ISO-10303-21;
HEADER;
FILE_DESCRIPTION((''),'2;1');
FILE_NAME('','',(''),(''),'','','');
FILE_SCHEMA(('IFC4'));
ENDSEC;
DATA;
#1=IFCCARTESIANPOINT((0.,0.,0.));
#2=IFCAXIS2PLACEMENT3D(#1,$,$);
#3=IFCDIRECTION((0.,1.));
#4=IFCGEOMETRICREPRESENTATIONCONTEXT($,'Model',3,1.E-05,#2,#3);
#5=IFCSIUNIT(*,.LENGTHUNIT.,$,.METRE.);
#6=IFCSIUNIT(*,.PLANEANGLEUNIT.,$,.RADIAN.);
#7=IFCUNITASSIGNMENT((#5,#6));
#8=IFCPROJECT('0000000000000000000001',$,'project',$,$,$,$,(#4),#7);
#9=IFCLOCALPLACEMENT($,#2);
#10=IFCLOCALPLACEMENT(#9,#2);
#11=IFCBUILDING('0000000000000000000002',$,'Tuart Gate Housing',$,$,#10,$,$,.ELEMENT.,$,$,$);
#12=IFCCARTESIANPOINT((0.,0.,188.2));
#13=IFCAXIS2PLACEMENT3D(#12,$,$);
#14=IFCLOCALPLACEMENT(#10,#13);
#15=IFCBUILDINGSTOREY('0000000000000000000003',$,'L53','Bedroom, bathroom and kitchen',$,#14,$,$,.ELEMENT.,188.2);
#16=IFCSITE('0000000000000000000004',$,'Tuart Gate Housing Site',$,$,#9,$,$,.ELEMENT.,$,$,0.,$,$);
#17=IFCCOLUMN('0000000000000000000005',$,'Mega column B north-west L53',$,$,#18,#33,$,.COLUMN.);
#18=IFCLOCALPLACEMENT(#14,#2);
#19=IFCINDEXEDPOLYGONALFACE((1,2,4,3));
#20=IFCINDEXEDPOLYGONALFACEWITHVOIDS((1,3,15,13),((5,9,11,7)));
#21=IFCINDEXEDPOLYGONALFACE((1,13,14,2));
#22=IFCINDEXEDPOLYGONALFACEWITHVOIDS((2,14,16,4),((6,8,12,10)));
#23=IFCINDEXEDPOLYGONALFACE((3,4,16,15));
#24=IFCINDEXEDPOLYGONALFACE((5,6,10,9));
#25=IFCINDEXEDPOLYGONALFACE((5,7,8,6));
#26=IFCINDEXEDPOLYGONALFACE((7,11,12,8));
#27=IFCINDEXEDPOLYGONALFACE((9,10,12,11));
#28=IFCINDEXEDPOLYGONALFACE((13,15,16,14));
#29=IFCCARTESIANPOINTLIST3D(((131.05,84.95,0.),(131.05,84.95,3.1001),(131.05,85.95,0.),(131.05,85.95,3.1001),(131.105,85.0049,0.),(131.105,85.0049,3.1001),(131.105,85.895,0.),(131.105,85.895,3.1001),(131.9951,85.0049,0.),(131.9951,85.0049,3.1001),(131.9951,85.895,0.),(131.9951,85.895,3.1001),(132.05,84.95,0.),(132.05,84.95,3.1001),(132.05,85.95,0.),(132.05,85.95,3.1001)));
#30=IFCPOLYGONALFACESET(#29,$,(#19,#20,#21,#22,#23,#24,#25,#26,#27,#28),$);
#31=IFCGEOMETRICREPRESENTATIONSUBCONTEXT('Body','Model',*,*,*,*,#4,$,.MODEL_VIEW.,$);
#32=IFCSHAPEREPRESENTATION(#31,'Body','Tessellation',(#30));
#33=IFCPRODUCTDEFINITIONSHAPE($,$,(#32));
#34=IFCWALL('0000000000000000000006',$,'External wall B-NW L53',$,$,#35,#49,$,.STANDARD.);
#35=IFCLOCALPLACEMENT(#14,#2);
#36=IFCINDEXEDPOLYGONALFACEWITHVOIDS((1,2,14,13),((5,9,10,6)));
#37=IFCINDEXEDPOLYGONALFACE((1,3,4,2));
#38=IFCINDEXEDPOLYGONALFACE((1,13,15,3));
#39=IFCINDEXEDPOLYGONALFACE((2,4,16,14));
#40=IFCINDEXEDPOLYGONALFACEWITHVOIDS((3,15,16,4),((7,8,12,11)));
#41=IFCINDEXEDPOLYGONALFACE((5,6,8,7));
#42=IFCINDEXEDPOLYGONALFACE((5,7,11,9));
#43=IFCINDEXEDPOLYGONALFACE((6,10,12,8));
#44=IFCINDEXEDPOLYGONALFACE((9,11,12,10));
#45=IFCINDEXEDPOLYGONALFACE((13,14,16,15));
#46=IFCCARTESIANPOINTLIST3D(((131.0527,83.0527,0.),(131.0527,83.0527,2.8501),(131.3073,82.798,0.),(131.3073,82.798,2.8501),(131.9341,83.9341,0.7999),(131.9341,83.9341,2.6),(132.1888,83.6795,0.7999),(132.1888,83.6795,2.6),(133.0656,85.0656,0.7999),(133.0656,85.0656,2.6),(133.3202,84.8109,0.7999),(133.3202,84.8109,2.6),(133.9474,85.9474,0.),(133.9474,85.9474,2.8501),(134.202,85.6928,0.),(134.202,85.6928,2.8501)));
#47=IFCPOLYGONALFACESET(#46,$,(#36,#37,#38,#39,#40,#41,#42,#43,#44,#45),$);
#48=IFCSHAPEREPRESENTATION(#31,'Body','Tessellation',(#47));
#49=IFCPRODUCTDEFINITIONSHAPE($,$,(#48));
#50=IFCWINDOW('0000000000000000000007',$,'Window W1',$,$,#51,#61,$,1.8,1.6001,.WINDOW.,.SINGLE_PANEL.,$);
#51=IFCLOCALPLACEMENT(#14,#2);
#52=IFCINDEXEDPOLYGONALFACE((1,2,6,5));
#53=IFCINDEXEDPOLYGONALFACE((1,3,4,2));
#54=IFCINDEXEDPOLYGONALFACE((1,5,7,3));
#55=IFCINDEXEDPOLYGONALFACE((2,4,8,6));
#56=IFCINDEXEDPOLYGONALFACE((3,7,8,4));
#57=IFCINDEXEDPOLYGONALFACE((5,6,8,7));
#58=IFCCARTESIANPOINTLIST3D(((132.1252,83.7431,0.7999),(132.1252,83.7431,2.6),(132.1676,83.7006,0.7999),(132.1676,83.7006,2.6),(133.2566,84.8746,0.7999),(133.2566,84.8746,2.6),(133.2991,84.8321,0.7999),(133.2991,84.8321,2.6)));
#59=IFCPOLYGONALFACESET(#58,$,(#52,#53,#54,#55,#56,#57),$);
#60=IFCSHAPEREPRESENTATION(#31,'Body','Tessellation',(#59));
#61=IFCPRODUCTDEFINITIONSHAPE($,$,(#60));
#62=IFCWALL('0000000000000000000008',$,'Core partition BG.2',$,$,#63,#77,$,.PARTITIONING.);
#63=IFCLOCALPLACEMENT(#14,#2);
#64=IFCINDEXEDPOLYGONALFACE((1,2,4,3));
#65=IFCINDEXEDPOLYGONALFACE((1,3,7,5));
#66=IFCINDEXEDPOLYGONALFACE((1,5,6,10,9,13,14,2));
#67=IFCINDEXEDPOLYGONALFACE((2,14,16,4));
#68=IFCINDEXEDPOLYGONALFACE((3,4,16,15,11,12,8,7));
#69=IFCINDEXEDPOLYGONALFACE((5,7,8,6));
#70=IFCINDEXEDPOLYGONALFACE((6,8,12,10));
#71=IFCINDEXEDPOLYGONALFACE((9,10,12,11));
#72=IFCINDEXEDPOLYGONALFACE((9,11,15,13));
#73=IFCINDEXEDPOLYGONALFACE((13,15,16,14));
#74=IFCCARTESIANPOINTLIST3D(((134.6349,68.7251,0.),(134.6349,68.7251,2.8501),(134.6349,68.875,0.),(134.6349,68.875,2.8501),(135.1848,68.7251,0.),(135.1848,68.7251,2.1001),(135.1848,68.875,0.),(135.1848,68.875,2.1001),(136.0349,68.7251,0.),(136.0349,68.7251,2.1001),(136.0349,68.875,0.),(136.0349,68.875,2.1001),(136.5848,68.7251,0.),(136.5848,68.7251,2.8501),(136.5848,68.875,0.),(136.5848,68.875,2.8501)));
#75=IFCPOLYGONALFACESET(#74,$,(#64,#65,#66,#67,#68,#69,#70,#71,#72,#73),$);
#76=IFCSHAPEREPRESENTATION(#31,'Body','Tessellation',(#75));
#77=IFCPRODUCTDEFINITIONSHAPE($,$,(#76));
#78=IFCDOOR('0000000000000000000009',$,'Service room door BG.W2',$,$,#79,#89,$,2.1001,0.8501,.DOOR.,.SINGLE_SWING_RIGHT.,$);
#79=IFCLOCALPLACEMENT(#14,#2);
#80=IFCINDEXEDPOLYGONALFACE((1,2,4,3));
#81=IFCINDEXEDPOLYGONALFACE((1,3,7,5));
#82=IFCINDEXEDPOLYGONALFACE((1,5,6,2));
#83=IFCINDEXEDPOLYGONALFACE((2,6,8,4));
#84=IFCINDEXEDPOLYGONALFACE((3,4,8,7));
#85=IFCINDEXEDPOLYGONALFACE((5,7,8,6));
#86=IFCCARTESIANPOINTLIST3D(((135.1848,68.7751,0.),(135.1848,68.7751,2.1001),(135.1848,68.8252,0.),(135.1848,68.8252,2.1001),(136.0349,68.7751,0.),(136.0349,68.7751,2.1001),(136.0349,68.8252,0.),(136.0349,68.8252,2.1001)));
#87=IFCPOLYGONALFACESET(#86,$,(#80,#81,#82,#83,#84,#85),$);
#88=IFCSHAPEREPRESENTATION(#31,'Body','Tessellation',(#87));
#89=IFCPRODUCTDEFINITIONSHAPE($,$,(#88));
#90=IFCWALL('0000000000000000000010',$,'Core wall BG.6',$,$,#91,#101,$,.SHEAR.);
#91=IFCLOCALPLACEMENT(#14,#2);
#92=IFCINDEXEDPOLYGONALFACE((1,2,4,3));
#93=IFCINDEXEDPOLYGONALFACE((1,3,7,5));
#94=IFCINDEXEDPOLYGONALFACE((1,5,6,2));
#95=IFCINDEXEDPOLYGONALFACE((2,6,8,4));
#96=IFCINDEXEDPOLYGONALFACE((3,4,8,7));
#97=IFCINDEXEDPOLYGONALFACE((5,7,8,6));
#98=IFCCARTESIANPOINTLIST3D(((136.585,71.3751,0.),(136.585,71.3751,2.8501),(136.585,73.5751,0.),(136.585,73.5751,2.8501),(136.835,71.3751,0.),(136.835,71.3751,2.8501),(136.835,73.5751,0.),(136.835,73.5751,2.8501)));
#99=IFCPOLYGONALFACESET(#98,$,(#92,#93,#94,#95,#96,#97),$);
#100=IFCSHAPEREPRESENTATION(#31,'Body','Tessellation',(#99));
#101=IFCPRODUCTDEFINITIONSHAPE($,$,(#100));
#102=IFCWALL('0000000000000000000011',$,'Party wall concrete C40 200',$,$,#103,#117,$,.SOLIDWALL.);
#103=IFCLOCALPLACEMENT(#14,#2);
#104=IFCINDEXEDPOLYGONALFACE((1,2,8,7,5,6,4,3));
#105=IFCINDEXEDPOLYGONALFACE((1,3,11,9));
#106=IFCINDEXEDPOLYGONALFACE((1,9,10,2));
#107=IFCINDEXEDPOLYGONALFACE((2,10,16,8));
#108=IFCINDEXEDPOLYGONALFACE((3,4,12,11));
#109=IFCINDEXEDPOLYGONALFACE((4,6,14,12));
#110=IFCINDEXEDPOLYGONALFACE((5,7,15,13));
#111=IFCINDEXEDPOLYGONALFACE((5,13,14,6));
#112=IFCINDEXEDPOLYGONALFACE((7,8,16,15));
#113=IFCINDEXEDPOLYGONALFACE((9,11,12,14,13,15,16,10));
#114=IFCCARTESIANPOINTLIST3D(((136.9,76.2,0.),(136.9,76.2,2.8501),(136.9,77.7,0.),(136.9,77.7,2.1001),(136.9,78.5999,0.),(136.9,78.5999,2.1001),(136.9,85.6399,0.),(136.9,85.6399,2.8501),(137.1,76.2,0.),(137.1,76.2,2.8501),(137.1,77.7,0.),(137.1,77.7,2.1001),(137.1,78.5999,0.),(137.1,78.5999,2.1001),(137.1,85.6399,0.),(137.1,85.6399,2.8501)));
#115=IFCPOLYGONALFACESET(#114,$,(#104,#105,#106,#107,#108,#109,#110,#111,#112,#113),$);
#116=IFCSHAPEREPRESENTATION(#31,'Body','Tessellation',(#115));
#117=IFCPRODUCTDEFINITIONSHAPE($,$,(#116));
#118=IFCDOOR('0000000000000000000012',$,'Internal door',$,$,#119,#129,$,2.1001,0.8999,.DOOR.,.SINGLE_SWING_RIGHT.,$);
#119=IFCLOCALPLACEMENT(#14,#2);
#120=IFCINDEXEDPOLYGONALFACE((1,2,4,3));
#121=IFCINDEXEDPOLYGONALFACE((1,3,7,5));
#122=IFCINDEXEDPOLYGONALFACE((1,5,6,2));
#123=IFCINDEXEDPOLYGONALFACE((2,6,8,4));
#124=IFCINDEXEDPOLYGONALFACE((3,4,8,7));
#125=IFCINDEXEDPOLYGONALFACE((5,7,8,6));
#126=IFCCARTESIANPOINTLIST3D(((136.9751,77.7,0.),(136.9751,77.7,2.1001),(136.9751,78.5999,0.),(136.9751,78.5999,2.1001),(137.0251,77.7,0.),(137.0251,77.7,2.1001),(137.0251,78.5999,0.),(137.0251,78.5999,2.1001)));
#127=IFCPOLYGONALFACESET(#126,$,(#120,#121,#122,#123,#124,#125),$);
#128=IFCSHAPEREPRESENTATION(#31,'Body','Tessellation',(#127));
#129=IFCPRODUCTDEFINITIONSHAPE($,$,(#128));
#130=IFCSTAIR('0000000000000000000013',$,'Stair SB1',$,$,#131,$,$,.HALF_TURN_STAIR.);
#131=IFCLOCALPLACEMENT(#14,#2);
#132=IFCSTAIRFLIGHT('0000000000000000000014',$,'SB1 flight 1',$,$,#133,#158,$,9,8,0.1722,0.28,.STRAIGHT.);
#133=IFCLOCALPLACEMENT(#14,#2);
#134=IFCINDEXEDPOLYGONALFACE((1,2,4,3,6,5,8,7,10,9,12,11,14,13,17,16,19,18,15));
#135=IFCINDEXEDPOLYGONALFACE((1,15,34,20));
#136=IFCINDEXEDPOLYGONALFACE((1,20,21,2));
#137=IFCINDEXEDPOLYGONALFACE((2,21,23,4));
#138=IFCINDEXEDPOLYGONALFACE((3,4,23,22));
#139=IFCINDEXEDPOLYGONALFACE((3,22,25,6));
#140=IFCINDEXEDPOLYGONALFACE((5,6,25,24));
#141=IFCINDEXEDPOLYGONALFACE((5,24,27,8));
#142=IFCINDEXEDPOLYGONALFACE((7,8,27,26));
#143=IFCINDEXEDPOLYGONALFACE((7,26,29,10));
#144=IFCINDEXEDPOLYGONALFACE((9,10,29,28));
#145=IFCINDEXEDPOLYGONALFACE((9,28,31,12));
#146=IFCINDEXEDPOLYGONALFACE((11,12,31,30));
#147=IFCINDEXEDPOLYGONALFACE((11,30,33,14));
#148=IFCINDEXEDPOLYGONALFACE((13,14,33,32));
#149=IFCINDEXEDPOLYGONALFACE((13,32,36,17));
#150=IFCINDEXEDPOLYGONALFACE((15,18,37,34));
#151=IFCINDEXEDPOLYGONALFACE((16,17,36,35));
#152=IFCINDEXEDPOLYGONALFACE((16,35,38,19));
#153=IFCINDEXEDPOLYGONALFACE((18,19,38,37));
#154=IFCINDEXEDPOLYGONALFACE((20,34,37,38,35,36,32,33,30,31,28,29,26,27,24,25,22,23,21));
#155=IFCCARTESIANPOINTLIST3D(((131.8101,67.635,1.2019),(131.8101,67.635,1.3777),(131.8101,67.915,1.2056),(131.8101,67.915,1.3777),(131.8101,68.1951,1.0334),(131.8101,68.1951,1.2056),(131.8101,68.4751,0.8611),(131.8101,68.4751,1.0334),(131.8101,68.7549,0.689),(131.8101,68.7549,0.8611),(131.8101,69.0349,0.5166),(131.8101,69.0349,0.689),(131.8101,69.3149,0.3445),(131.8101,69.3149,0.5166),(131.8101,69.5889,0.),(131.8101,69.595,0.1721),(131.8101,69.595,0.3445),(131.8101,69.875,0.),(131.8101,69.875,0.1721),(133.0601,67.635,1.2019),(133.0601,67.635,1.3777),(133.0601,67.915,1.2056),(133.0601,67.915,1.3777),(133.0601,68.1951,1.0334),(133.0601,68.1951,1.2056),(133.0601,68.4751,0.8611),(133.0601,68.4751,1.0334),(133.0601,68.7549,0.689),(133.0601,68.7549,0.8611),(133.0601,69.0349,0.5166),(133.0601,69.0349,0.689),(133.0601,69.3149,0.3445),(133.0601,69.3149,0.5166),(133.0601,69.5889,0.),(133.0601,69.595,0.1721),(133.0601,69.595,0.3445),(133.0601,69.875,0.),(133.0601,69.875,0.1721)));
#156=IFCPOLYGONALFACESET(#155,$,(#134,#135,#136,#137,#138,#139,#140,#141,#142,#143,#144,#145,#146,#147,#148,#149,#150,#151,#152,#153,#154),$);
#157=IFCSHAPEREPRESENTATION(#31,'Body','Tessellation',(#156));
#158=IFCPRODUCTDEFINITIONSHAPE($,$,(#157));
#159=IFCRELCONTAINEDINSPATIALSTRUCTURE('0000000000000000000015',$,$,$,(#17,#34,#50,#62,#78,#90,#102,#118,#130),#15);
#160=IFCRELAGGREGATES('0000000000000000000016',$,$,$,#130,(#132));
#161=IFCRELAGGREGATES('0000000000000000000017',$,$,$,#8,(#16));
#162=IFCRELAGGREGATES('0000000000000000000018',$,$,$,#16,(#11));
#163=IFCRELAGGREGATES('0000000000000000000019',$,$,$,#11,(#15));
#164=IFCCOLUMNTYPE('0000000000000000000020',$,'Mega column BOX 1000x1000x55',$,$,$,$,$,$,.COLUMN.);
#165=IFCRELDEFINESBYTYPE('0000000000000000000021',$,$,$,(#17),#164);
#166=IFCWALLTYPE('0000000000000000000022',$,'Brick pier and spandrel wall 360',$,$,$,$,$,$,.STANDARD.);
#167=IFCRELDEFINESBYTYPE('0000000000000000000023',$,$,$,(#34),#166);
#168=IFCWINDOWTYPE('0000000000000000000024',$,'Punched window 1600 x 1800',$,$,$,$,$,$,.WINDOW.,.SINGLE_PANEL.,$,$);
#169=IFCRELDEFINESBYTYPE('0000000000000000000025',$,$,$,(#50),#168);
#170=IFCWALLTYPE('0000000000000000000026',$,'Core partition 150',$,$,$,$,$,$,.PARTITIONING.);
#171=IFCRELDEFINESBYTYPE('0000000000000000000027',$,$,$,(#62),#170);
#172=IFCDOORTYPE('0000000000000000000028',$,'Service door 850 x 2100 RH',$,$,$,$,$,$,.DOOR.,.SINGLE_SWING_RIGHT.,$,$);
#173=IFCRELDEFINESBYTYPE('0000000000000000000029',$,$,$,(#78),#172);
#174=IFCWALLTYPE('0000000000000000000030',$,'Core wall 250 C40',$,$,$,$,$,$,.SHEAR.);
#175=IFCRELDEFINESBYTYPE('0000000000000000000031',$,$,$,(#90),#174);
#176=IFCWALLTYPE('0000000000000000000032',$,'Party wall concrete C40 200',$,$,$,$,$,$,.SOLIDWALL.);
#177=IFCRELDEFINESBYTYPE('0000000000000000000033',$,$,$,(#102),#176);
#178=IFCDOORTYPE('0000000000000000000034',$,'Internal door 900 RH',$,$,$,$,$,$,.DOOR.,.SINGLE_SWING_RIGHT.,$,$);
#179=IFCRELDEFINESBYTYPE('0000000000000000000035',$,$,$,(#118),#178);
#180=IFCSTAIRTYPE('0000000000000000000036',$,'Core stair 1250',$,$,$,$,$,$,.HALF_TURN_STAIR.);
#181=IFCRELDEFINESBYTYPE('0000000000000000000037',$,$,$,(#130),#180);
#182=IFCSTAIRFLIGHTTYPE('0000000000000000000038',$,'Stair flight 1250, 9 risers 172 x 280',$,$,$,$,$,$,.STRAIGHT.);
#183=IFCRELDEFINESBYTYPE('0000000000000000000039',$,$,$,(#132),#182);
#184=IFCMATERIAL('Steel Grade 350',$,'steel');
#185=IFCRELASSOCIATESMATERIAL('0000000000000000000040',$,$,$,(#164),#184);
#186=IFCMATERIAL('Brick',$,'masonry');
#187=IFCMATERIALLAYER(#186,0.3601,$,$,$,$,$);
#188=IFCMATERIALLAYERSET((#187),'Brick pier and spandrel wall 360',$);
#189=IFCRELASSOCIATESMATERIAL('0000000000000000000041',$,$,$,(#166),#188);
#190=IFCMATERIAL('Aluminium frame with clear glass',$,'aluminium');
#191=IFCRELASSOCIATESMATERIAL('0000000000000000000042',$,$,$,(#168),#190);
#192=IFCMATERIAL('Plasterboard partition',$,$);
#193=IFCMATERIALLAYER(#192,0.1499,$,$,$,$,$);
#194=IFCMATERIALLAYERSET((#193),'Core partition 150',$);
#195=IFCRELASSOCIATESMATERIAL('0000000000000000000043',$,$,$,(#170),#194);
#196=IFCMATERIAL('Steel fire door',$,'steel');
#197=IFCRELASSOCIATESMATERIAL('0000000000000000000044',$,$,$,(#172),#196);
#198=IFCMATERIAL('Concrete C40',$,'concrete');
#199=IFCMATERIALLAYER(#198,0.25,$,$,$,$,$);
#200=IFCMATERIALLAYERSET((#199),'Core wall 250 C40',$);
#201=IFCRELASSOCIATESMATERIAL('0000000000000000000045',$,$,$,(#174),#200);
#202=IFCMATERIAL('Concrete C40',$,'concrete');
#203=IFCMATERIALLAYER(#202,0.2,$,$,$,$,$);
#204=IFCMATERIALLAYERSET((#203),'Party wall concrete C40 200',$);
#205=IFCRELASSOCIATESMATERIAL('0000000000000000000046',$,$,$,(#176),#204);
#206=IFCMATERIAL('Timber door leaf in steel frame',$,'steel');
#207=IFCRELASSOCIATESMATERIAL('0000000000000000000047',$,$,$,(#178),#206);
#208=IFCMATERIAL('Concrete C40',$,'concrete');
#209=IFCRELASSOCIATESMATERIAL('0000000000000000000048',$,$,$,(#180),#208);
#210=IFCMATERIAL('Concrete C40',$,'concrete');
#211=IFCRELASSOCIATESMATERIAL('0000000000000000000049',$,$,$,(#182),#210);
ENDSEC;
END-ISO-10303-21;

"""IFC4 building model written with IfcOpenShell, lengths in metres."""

from ifc_helpers import new_model, si_unit, direction, frame, frame_2d, origin, origin_2d, place, context, subcontext, project, spatial, polyline, rectangle, hollow_rectangle, outline, extrude, material, layer, layer_set, material_profile, profile_set, type_object, element, fill, aggregate, save


model = new_model("IFC4")

# Units and contexts
model_context = context("Model", 3, precision=1e-05, world=origin(), true_north=direction((0.0, 1.0)))
body_context = subcontext(model_context, "Body", "Model", "MODEL_VIEW")
ifc_project = project(units=[si_unit("LENGTHUNIT", "METRE"), si_unit("PLANEANGLEUNIT", "RADIAN")], contexts=[model_context])

# Site, building, storey
site_placement = place(None, origin())
site = spatial("IfcSite", under=ifc_project, at=site_placement, Name="Tuart Gate Housing Site", CompositionType="ELEMENT", RefElevation=0.0)
building_placement = place(site_placement, origin())
building = spatial("IfcBuilding", under=site, at=building_placement, Name="Tuart Gate Housing", CompositionType="ELEMENT")
storey_placement = place(building_placement, frame((0.0, 0.0, 188.2)))
storey = spatial("IfcBuildingStorey", under=building, at=storey_placement, Name="L53", Description="Bedroom, bathroom and kitchen", CompositionType="ELEMENT", Elevation=188.2)

# Column
ifc_material_1 = material(Name="Steel Grade 350", Category="steel")
ifc_material_profile = material_profile(ifc_material_1, hollow_rectangle(XDim=1.0, YDim=1.0, WallThickness=0.0549, at=origin_2d()), Name="BOX 1000x1000x55")
ifc_profile_set = profile_set([ifc_material_profile], Name="Steel Grade 350")
column_type = type_object("IfcColumnType", Name="Mega column BOX 1000x1000x55", PredefinedType="COLUMN", material=ifc_profile_set)
column_placement = place(storey_placement, frame((131.55, 85.45, 0.0), z_axis=(0.0, 0.0, 1.0), x_axis=(1.0, 0.0, 0.0)))
element("IfcColumn", 1, at=column_placement, inside=storey, type_object=column_type, Name="Mega column B north-west L53", PredefinedType="COLUMN", context=body_context, shape_type="SweptSolid", body=[
    extrude(hollow_rectangle(XDim=1.0, YDim=1.0, WallThickness=0.0549, at=origin_2d()), origin(), (0.0, 0.0, 1.0), 3.1001),
])

# Wall, opening, window
ifc_material_2 = material(Name="Brick", Category="masonry")
ifc_layer_1 = layer(ifc_material_2, 0.3601)
ifc_layer_set_1 = layer_set([ifc_layer_1], Name="Brick pier and spandrel wall 360")
wall_type_1 = type_object("IfcWallType", Name="Brick pier and spandrel wall 360", PredefinedType="STANDARD", material=ifc_layer_set_1)
wall_1_placement = place(storey_placement, frame((134.0747, 85.8201, 0.0), z_axis=(0.0, 0.0, 1.0), x_axis=(-0.707107, -0.707107, 0.0)))
wall_1 = element("IfcWall", 2, at=wall_1_placement, inside=storey, type_object=wall_type_1, Name="External wall B-NW L53", PredefinedType="STANDARD", context=body_context, shape_type="SweptSolid", body=[
    extrude(rectangle(XDim=4.0938, YDim=0.3601, at=frame_2d((2.0469, 0.0))), origin(), (0.0, 0.0, 1.0), 2.8501),
])
opening_1_placement = place(wall_1_placement, frame((1.2471, 0.0, 0.8)))
opening_1 = element("IfcOpeningElement", 3, at=opening_1_placement, cuts=wall_1, PredefinedType="OPENING", context=body_context, shape_type="SweptSolid", body=[
    extrude(rectangle(XDim=1.6001, YDim=1.8, at=frame_2d((0.8, 0.8999))), frame((0.0, 0.1899, 0.0), z_axis=(0.0, -1.0, 0.0), x_axis=(1.0, 0.0, 0.0)), (0.0, 0.0, 1.0), 0.3801),
])
ifc_material_3 = material(Name="Aluminium frame with clear glass", Category="aluminium")
window_type = type_object("IfcWindowType", Name="Punched window 1600 x 1800", PartitioningType="SINGLE_PANEL", PredefinedType="WINDOW", material=ifc_material_3)
window_placement = place(opening_1_placement, origin())
window = element("IfcWindow", 4, at=window_placement, inside=storey, type_object=window_type, Name="Window W1", OverallHeight=1.8, OverallWidth=1.6001, PartitioningType="SINGLE_PANEL", PredefinedType="WINDOW", context=body_context, shape_type="SweptSolid", body=[
    extrude(rectangle(XDim=1.6001, YDim=1.8, at=frame_2d((0.8, 0.8999))), frame((0.0, 0.1501, 0.0), z_axis=(0.0, -1.0, 0.0), x_axis=(1.0, 0.0, 0.0)), (0.0, 0.0, 1.0), 0.0601),
])
fill(opening_1, window)

# Wall, opening, door
ifc_material_4 = material(Name="Plasterboard partition")
ifc_layer_2 = layer(ifc_material_4, 0.1499)
ifc_layer_set_2 = layer_set([ifc_layer_2], Name="Core partition 150")
wall_type_2 = type_object("IfcWallType", Name="Core partition 150", PredefinedType="PARTITIONING", material=ifc_layer_set_2)
wall_2_placement = place(storey_placement, frame((136.585, 68.8, 0.0), z_axis=(0.0, 0.0, 1.0), x_axis=(-1.0, 0.0, 0.0)))
wall_2 = element("IfcWall", 5, at=wall_2_placement, inside=storey, type_object=wall_type_2, Name="Core partition BG.2", PredefinedType="PARTITIONING", context=body_context, shape_type="SweptSolid", body=[
    extrude(rectangle(XDim=1.95, YDim=0.1499, at=frame_2d((0.9751, 0.0))), origin(), (0.0, 0.0, 1.0), 2.8501),
])
opening_2_placement = place(wall_2_placement, frame((0.55, 0.0, 0.0)))
opening_2 = element("IfcOpeningElement", 6, at=opening_2_placement, cuts=wall_2, PredefinedType="OPENING", context=body_context, shape_type="SweptSolid", body=[
    extrude(rectangle(XDim=0.8501, YDim=2.1001, at=frame_2d((0.425, 1.05))), frame((0.0, 0.085, 0.0), z_axis=(0.0, -1.0, 0.0), x_axis=(1.0, 0.0, 0.0)), (0.0, 0.0, 1.0), 0.1699),
])
ifc_material_5 = material(Name="Steel fire door", Category="steel")
door_type_1 = type_object("IfcDoorType", Name="Service door 850 x 2100 RH", OperationType="SINGLE_SWING_RIGHT", PredefinedType="DOOR", material=ifc_material_5)
door_1_placement = place(opening_2_placement, frame((0.8501, 0.0, 0.0), z_axis=(0.0, 0.0, 1.0), x_axis=(-1.0, 0.0, 0.0)))
door_1 = element("IfcDoor", 7, at=door_1_placement, inside=storey, type_object=door_type_1, Name="Service room door BG.W2", OperationType="SINGLE_SWING_RIGHT", OverallHeight=2.1001, OverallWidth=0.8501, PredefinedType="DOOR", context=body_context, shape_type="SweptSolid", body=[
    extrude(rectangle(XDim=0.8501, YDim=2.1001, at=frame_2d((0.425, 1.05))), frame((0.0, 0.0251, 0.0), z_axis=(0.0, -1.0, 0.0), x_axis=(1.0, 0.0, 0.0)), (0.0, 0.0, 1.0), 0.05),
])
fill(opening_2, door_1)

# Wall
ifc_material_6 = material(Name="Concrete C40", Category="concrete")
ifc_layer_3 = layer(ifc_material_6, 0.25)
ifc_layer_set_3 = layer_set([ifc_layer_3], Name="Core wall 250 C40")
wall_type_3 = type_object("IfcWallType", Name="Core wall 250 C40", PredefinedType="SHEAR", material=ifc_layer_set_3)
wall_3_placement = place(storey_placement, frame((136.71, 71.375, 0.0), z_axis=(0.0, 0.0, 1.0), x_axis=(0.0, 1.0, 0.0)))
element("IfcWall", 8, at=wall_3_placement, inside=storey, type_object=wall_type_3, Name="Core wall BG.6", PredefinedType="SHEAR", context=body_context, shape_type="SweptSolid", body=[
    extrude(rectangle(XDim=2.2, YDim=0.25, at=frame_2d((1.1001, 0.0))), origin(), (0.0, 0.0, 1.0), 2.8501),
])

# Wall, opening, door
ifc_material_7 = material(Name="Concrete C40", Category="concrete")
ifc_layer_4 = layer(ifc_material_7, 0.2)
ifc_layer_set_4 = layer_set([ifc_layer_4], Name="Party wall concrete C40 200")
wall_type_4 = type_object("IfcWallType", Name="Party wall concrete C40 200", PredefinedType="SOLIDWALL", material=ifc_layer_set_4)
wall_4_placement = place(storey_placement, frame((137.0, 76.2, 0.0), z_axis=(0.0, 0.0, 1.0), x_axis=(0.0, 1.0, 0.0)))
wall_4 = element("IfcWall", 9, at=wall_4_placement, inside=storey, type_object=wall_type_4, Name="Party wall concrete C40 200", PredefinedType="SOLIDWALL", context=body_context, shape_type="SweptSolid", body=[
    extrude(rectangle(XDim=9.4399, YDim=0.2, at=frame_2d((4.72, 0.0))), origin(), (0.0, 0.0, 1.0), 2.8501),
])
opening_3_placement = place(wall_4_placement, frame((1.5, 0.0, 0.0)))
opening_3 = element("IfcOpeningElement", 10, at=opening_3_placement, cuts=wall_4, PredefinedType="OPENING", context=body_context, shape_type="SweptSolid", body=[
    extrude(rectangle(XDim=0.8999, YDim=2.1001, at=frame_2d((0.45, 1.05))), frame((0.0, 0.1099, 0.0), z_axis=(0.0, -1.0, 0.0), x_axis=(1.0, 0.0, 0.0)), (0.0, 0.0, 1.0), 0.22),
])
ifc_material_8 = material(Name="Timber door leaf in steel frame", Category="steel")
door_type_2 = type_object("IfcDoorType", Name="Internal door 900 RH", OperationType="SINGLE_SWING_RIGHT", PredefinedType="DOOR", material=ifc_material_8)
door_2_placement = place(opening_3_placement, frame((0.8999, 0.0, 0.0), z_axis=(0.0, 0.0, 1.0), x_axis=(-1.0, 0.0, 0.0)))
door_2 = element("IfcDoor", 11, at=door_2_placement, inside=storey, type_object=door_type_2, Name="Internal door", OperationType="SINGLE_SWING_RIGHT", OverallHeight=2.1001, OverallWidth=0.8999, PredefinedType="DOOR", context=body_context, shape_type="SweptSolid", body=[
    extrude(rectangle(XDim=0.8999, YDim=2.1001, at=frame_2d((0.45, 1.05))), frame((0.0, 0.0251, 0.0), z_axis=(0.0, -1.0, 0.0), x_axis=(1.0, 0.0, 0.0)), (0.0, 0.0, 1.0), 0.05),
])
fill(opening_3, door_2)

# Stair, stair flight
ifc_material_9 = material(Name="Concrete C40", Category="concrete")
stair_type = type_object("IfcStairType", Name="Core stair 1250", PredefinedType="HALF_TURN_STAIR", material=ifc_material_9)
stair_placement = place(storey_placement, origin())
stair = element("IfcStair", 12, at=stair_placement, inside=storey, type_object=stair_type, Name="Stair SB1", PredefinedType="HALF_TURN_STAIR")
ifc_material_10 = material(Name="Concrete C40", Category="concrete")
stair_flight_type = type_object("IfcStairFlightType", Name="Stair flight 1250, 9 risers 172 x 280", PredefinedType="STRAIGHT", material=ifc_material_10)
stair_flight_placement = place(storey_placement, frame((132.4351, 69.875, 0.0), z_axis=(0.0, 0.0, 1.0), x_axis=(0.0, -1.0, 0.0)))
stair_flight = element("IfcStairFlight", 13, at=stair_flight_placement, type_object=stair_flight_type, Name="SB1 flight 1", NumberOfRisers=9, NumberOfTreads=8, PredefinedType="STRAIGHT", RiserHeight=0.1722, TreadLength=0.28, context=body_context, shape_type="SweptSolid", body=[
    extrude(outline(polyline([(0.0, 0.0), (0.0, 0.1721), (0.28, 0.1721), (0.28, 0.3445), (0.5601, 0.3445), (0.5601, 0.5166), (0.8401, 0.5166), (0.8401, 0.689), (1.1201, 0.689), (1.1201, 0.8611), (1.3999, 0.8611), (1.3999, 1.0334), (1.6799, 1.0334), (1.6799, 1.2056), (1.96, 1.2056), (1.96, 1.3777), (2.24, 1.3777), (2.24, 1.55), (2.24, 1.2019), (0.2861, 0.0), (0.0, 0.0)])), frame((0.0, 0.625, 0.0), z_axis=(0.0, -1.0, 0.0), x_axis=(1.0, 0.0, 0.0)), (0.0, 0.0, 1.0), 1.25),
])
aggregate(stair, [stair_flight])

save(model, "model.ifc")
